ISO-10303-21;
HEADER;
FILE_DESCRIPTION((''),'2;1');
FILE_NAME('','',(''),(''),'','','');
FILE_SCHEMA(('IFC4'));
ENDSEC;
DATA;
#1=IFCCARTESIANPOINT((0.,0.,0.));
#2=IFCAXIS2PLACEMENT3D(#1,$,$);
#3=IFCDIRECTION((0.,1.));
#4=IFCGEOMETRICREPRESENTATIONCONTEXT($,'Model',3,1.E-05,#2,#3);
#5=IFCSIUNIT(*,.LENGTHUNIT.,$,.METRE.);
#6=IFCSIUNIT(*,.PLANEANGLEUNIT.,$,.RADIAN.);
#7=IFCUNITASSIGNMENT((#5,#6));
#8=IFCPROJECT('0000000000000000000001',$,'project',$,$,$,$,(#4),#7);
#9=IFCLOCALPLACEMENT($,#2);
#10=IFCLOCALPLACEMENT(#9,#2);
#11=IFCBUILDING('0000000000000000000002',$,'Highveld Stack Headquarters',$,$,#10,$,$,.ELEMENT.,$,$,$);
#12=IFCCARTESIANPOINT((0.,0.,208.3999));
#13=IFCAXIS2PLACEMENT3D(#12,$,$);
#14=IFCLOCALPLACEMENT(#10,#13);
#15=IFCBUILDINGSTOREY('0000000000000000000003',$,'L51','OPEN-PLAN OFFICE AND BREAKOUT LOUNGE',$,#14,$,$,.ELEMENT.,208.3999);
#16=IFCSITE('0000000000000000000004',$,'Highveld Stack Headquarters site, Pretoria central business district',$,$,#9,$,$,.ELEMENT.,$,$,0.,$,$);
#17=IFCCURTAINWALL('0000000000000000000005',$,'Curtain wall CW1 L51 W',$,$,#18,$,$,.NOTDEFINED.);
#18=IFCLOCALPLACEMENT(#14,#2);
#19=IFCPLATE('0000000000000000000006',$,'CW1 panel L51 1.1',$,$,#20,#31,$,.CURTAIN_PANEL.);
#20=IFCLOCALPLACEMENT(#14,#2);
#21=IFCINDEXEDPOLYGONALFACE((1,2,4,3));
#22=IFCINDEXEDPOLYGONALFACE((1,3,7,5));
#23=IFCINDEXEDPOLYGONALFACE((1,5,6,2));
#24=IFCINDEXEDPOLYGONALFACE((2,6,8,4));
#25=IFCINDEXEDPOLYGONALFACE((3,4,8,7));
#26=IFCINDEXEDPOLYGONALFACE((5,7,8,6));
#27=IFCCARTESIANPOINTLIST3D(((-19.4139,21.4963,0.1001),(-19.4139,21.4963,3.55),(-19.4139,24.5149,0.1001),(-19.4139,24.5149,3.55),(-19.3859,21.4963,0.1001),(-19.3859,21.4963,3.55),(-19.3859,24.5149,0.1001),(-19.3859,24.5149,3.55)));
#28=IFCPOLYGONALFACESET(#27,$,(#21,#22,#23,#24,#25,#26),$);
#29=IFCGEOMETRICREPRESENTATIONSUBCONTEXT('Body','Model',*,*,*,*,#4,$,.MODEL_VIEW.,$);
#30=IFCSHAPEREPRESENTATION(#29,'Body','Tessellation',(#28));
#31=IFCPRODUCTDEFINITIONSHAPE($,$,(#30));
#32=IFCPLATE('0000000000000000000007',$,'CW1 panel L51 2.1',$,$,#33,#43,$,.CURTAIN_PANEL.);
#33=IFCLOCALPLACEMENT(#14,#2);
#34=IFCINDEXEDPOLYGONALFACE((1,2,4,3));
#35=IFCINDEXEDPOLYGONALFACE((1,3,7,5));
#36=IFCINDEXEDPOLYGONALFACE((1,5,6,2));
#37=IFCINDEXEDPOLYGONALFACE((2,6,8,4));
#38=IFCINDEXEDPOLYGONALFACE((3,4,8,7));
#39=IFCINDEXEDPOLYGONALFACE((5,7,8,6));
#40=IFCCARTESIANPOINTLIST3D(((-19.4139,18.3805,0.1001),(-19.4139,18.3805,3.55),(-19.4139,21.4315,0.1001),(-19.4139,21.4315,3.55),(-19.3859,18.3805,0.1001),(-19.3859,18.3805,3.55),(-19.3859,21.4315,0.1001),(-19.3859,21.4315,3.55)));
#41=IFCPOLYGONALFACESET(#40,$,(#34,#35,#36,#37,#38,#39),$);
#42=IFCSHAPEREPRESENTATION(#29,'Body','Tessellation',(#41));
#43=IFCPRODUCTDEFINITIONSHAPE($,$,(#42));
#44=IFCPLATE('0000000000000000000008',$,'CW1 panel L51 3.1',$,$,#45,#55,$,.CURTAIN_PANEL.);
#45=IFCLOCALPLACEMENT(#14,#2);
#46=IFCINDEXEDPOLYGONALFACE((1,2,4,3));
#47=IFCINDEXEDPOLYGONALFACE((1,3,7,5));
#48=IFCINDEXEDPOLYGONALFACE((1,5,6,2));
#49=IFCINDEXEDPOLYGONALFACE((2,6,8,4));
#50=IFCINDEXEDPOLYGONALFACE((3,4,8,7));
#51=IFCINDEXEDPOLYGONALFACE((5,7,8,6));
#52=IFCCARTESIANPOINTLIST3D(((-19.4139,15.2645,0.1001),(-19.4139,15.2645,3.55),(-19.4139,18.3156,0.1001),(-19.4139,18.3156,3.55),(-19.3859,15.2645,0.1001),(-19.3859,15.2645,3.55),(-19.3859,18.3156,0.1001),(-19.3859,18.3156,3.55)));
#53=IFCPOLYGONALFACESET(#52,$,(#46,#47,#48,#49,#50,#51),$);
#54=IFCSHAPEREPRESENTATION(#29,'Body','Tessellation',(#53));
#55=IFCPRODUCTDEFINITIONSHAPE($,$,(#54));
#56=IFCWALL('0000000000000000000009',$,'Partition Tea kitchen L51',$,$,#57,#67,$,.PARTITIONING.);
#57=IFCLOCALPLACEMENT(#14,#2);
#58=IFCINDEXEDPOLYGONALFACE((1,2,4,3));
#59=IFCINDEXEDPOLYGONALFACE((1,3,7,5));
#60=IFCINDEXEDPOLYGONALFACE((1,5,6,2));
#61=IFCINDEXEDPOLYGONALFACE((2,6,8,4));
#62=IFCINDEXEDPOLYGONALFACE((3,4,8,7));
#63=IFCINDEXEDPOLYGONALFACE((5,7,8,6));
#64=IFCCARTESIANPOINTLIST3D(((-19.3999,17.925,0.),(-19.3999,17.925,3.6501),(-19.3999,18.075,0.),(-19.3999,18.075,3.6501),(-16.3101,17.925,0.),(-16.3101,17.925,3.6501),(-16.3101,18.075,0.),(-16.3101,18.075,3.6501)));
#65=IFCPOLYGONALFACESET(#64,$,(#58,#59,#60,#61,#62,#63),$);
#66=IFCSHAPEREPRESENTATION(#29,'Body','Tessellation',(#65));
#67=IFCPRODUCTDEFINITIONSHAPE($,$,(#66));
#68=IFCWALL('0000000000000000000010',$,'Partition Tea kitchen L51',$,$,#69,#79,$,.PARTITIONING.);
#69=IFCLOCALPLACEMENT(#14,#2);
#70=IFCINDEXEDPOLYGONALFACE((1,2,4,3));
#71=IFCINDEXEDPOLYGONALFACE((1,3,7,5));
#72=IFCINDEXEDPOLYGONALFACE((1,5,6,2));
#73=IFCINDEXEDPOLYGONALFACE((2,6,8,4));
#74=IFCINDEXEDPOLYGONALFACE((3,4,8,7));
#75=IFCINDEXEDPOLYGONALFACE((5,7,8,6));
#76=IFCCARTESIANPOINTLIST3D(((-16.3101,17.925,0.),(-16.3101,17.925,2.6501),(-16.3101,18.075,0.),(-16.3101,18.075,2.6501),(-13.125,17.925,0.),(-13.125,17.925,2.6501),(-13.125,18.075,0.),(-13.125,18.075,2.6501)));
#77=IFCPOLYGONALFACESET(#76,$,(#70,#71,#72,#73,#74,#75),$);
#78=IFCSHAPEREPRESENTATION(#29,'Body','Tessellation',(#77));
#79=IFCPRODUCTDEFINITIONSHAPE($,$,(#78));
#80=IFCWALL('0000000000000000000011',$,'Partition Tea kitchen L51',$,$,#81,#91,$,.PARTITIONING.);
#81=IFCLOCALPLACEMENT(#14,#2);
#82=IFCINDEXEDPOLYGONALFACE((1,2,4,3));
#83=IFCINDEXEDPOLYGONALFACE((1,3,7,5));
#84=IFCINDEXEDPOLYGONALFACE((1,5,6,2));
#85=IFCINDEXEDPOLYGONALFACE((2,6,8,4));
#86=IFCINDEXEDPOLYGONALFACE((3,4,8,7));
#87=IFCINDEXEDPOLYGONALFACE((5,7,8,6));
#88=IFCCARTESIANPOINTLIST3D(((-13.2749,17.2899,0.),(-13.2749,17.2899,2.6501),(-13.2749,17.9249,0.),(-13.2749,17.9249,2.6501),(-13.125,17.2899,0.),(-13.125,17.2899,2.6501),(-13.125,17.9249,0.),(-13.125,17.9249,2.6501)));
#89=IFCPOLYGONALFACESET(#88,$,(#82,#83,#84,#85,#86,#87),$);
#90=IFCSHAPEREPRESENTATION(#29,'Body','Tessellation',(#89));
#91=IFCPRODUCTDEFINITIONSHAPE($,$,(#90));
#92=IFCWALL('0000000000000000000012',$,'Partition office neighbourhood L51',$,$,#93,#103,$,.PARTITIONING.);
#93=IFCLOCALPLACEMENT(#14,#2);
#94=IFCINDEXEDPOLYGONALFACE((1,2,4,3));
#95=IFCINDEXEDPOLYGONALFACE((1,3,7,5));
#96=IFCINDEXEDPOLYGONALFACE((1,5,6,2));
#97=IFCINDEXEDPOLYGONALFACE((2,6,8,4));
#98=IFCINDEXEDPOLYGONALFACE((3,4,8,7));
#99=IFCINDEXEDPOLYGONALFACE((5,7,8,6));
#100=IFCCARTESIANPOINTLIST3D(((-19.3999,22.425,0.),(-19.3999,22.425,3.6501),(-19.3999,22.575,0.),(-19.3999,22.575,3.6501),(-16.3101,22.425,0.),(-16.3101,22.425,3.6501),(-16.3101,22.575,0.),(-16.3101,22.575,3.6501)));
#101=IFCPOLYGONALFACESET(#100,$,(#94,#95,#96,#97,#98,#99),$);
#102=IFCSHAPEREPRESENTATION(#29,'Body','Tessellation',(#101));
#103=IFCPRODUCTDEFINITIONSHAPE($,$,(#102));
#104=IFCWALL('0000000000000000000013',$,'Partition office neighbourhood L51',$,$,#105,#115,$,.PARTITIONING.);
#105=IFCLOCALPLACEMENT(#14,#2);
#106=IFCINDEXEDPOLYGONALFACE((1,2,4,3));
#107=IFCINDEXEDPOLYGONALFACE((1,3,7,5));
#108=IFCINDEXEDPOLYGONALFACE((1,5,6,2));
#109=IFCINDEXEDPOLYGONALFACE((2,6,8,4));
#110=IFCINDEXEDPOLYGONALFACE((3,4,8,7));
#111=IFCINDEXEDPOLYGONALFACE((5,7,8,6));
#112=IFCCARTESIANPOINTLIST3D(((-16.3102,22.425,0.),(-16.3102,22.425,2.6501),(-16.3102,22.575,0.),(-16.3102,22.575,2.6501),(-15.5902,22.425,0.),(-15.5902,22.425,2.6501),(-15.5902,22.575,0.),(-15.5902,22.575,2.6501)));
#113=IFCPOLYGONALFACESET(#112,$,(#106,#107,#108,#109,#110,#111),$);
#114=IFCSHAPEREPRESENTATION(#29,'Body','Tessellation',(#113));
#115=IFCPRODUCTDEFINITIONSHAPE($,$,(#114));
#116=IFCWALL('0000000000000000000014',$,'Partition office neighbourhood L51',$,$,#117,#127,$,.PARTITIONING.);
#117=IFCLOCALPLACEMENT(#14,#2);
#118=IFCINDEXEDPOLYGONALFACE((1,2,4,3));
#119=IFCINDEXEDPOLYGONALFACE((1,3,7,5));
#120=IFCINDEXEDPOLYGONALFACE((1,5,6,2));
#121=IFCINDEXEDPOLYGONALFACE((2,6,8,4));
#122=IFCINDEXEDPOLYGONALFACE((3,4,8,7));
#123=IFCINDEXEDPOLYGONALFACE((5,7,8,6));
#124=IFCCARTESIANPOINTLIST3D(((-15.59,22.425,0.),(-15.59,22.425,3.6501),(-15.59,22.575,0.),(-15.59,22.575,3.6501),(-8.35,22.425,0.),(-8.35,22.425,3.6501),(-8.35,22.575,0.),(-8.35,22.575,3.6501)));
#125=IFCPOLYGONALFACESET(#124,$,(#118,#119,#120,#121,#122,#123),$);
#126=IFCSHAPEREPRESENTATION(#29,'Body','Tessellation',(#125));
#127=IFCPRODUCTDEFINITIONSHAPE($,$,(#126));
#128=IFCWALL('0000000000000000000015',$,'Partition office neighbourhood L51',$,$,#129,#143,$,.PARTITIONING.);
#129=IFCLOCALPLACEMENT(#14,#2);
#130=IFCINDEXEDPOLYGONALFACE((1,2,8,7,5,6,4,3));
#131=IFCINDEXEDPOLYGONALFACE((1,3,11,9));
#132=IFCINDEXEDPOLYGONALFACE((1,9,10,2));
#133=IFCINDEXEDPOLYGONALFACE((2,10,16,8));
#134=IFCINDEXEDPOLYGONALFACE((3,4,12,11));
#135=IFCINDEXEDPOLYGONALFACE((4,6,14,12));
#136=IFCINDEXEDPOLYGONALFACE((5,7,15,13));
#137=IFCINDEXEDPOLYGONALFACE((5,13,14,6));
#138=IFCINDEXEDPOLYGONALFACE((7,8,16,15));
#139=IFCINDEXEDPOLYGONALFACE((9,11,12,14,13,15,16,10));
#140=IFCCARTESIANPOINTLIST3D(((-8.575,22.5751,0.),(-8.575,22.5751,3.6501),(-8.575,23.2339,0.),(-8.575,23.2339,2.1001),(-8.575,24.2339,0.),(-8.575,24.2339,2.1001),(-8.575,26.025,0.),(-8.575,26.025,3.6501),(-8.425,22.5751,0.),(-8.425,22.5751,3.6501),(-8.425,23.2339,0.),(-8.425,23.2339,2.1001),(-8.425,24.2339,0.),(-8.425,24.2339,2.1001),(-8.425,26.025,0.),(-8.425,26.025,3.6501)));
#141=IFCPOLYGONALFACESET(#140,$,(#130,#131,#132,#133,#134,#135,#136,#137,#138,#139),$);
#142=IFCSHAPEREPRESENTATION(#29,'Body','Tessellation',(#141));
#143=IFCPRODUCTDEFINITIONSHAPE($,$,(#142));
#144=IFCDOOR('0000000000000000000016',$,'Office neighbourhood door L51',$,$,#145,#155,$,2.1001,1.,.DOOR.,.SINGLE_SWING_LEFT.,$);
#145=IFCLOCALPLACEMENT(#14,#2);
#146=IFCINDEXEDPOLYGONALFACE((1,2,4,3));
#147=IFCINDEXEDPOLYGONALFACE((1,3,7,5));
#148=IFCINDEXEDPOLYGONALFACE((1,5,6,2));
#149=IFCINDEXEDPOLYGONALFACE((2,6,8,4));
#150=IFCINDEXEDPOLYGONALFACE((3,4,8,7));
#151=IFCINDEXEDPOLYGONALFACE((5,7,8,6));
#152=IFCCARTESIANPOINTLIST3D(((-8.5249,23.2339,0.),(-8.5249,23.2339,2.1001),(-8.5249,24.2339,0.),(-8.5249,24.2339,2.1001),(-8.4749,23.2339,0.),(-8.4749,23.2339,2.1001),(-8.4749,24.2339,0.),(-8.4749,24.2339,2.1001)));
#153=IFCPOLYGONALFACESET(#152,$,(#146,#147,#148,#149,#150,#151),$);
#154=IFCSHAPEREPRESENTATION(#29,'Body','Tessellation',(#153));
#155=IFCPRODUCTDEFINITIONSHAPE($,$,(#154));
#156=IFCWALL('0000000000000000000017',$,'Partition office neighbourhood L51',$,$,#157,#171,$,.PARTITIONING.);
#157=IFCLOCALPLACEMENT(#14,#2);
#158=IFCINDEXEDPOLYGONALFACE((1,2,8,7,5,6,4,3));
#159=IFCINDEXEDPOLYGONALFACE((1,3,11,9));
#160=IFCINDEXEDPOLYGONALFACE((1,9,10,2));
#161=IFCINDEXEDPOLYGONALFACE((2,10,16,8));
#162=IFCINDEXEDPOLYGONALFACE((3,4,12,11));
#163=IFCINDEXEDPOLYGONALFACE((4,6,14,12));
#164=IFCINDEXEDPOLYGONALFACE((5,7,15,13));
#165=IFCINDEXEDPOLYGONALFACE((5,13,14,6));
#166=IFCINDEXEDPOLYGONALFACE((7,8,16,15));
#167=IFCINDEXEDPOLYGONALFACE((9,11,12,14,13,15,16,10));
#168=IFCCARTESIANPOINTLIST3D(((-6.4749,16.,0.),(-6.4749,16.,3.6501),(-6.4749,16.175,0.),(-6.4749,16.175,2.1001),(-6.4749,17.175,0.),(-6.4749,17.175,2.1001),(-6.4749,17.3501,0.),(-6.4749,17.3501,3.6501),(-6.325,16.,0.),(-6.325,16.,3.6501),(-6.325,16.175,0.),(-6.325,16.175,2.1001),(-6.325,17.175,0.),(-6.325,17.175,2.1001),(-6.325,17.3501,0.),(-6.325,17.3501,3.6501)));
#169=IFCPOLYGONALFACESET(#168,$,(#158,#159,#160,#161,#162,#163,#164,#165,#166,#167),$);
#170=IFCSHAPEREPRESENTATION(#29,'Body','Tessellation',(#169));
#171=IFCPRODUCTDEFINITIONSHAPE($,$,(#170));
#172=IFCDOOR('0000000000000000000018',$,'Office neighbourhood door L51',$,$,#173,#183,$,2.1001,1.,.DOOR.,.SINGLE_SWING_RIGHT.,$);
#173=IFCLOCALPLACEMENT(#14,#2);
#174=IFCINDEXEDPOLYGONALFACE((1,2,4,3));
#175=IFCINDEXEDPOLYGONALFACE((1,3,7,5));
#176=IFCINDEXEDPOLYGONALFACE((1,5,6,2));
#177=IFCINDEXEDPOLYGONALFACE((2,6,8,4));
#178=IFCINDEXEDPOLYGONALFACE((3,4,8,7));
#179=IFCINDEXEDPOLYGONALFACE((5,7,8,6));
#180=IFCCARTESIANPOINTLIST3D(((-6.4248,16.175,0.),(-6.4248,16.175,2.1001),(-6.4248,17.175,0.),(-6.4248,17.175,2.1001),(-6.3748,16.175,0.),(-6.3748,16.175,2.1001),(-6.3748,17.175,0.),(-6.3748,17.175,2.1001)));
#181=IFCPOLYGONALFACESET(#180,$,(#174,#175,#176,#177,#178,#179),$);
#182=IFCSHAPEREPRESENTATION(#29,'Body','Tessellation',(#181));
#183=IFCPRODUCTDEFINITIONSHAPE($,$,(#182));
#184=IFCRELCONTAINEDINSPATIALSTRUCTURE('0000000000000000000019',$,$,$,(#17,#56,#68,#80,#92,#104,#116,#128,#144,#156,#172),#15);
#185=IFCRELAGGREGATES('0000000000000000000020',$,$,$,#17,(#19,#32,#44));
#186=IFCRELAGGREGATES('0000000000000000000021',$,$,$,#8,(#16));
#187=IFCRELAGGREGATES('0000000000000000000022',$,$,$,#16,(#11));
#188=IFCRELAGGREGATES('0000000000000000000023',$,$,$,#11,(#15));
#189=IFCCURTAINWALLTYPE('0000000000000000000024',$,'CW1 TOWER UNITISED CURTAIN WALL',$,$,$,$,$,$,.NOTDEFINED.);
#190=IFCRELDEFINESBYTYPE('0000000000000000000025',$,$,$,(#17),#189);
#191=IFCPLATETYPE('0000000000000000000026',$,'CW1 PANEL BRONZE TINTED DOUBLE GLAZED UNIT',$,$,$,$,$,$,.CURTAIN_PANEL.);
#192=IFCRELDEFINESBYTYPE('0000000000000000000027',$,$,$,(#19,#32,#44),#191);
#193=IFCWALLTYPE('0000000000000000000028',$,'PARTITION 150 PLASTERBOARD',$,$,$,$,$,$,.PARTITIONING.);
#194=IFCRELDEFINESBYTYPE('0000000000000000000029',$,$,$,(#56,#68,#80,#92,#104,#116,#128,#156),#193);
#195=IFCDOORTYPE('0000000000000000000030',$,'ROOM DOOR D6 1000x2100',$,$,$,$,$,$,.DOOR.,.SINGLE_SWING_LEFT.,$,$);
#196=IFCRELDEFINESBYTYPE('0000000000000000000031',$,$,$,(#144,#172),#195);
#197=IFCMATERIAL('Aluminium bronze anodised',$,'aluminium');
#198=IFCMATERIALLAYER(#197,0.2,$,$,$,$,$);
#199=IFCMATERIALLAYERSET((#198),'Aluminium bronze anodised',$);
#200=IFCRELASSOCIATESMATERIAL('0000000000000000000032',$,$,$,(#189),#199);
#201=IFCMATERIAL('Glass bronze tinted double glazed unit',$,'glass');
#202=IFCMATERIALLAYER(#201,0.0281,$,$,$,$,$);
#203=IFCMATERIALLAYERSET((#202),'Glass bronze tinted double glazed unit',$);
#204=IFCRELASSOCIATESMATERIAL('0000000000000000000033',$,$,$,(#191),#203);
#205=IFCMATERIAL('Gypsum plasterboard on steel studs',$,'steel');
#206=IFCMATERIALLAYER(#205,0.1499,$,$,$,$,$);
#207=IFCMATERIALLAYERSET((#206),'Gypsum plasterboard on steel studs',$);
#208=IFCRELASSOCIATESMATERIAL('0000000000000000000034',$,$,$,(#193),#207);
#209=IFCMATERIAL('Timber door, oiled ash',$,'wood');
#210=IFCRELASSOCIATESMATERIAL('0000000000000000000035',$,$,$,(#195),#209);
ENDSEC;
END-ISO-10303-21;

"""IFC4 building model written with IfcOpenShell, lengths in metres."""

from ifc_helpers import new_model, si_unit, direction, frame, frame_2d, origin, origin_2d, place, context, subcontext, project, spatial, rectangle, extrude, material, layer, layer_set, type_object, element, fill, aggregate, save


model = new_model("IFC4")

# Units and contexts
model_context = context("Model", 3, precision=1e-05, world=origin(), true_north=direction((0.0, 1.0)))
body_context = subcontext(model_context, "Body", "Model", "MODEL_VIEW")
ifc_project = project(units=[si_unit("LENGTHUNIT", "METRE"), si_unit("PLANEANGLEUNIT", "RADIAN")], contexts=[model_context])

# Site, building, storey
site_placement = place(None, origin())
site = spatial("IfcSite", under=ifc_project, at=site_placement, Name="Highveld Stack Headquarters site, Pretoria central business district", CompositionType="ELEMENT", RefElevation=0.0)
building_placement = place(site_placement, origin())
building = spatial("IfcBuilding", under=site, at=building_placement, Name="Highveld Stack Headquarters", CompositionType="ELEMENT")
storey_placement = place(building_placement, frame((0.0, 0.0, 208.3999)))
storey = spatial("IfcBuildingStorey", under=building, at=storey_placement, Name="L51", Description="OPEN-PLAN OFFICE AND BREAKOUT LOUNGE", CompositionType="ELEMENT", Elevation=208.3999)

# Curtain wall
ifc_material_1 = material(Name="Aluminium bronze anodised", Category="aluminium")
ifc_layer_1 = layer(ifc_material_1, 0.2)
ifc_layer_set_1 = layer_set([ifc_layer_1], Name="Aluminium bronze anodised")
curtain_wall_type = type_object("IfcCurtainWallType", Name="CW1 TOWER UNITISED CURTAIN WALL", PredefinedType="NOTDEFINED", material=ifc_layer_set_1)
curtain_wall_placement = place(storey_placement, origin())
curtain_wall = element("IfcCurtainWall", 1, at=curtain_wall_placement, inside=storey, type_object=curtain_wall_type, Name="Curtain wall CW1 L51 W", PredefinedType="NOTDEFINED")

# Plates
ifc_material_2 = material(Name="Glass bronze tinted double glazed unit", Category="glass")
ifc_layer_2 = layer(ifc_material_2, 0.0281)
ifc_layer_set_2 = layer_set([ifc_layer_2], Name="Glass bronze tinted double glazed unit")
plate_type = type_object("IfcPlateType", Name="CW1 PANEL BRONZE TINTED DOUBLE GLAZED UNIT", PredefinedType="CURTAIN_PANEL", material=ifc_layer_set_2)
plate_1_placement = place(storey_placement, frame((-19.3999, 23.0056, 0.1001), z_axis=(0.0, 0.0, 1.0), x_axis=(0.0, -1.0, 0.0)))
plate_1 = element("IfcPlate", 2, at=plate_1_placement, type_object=plate_type, Name="CW1 panel L51 1.1", PredefinedType="CURTAIN_PANEL", context=body_context, shape_type="SweptSolid", body=[
    extrude(rectangle(XDim=3.0186, YDim=0.0281, at=origin_2d()), origin(), (0.0, 0.0, 1.0), 3.45),
])
plate_2_placement = place(storey_placement, frame((-19.3999, 19.906, 0.1001), z_axis=(0.0, 0.0, 1.0), x_axis=(0.0, -1.0, 0.0)))
plate_2 = element("IfcPlate", 3, at=plate_2_placement, type_object=plate_type, Name="CW1 panel L51 2.1", PredefinedType="CURTAIN_PANEL", context=body_context, shape_type="SweptSolid", body=[
    extrude(rectangle(XDim=3.051, YDim=0.0281, at=origin_2d()), origin(), (0.0, 0.0, 1.0), 3.45),
])
plate_3_placement = place(storey_placement, frame((-19.3999, 16.79, 0.1001), z_axis=(0.0, 0.0, 1.0), x_axis=(0.0, -1.0, 0.0)))
plate_3 = element("IfcPlate", 4, at=plate_3_placement, type_object=plate_type, Name="CW1 panel L51 3.1", PredefinedType="CURTAIN_PANEL", context=body_context, shape_type="SweptSolid", body=[
    extrude(rectangle(XDim=3.051, YDim=0.0281, at=origin_2d()), origin(), (0.0, 0.0, 1.0), 3.45),
])
aggregate(curtain_wall, [plate_1, plate_2, plate_3])

# Walls
ifc_material_3 = material(Name="Gypsum plasterboard on steel studs", Category="steel")
ifc_layer_3 = layer(ifc_material_3, 0.1499)
ifc_layer_set_3 = layer_set([ifc_layer_3], Name="Gypsum plasterboard on steel studs")
wall_type = type_object("IfcWallType", Name="PARTITION 150 PLASTERBOARD", PredefinedType="PARTITIONING", material=ifc_layer_set_3)
wall_1_placement = place(storey_placement, frame((-19.3999, 18.0, 0.0), z_axis=(0.0, 0.0, 1.0), x_axis=(1.0, 0.0, 0.0)))
element("IfcWall", 5, at=wall_1_placement, inside=storey, type_object=wall_type, Name="Partition Tea kitchen L51", PredefinedType="PARTITIONING", context=body_context, shape_type="SweptSolid", body=[
    extrude(rectangle(XDim=3.0898, YDim=0.1499, at=frame_2d((1.5449, 0.0))), origin(), (0.0, 0.0, 1.0), 3.6501),
])
wall_2_placement = place(storey_placement, frame((-16.3101, 18.0, 0.0), z_axis=(0.0, 0.0, 1.0), x_axis=(1.0, 0.0, 0.0)))
element("IfcWall", 6, at=wall_2_placement, inside=storey, type_object=wall_type, Name="Partition Tea kitchen L51", PredefinedType="PARTITIONING", context=body_context, shape_type="SweptSolid", body=[
    extrude(rectangle(XDim=3.1851, YDim=0.1499, at=frame_2d((1.5925, 0.0))), origin(), (0.0, 0.0, 1.0), 2.6501),
])
wall_3_placement = place(storey_placement, frame((-13.2, 17.29, 0.0), z_axis=(0.0, 0.0, 1.0), x_axis=(0.0, 1.0, 0.0)))
element("IfcWall", 7, at=wall_3_placement, inside=storey, type_object=wall_type, Name="Partition Tea kitchen L51", PredefinedType="PARTITIONING", context=body_context, shape_type="SweptSolid", body=[
    extrude(rectangle(XDim=0.635, YDim=0.1499, at=frame_2d((0.3174, 0.0))), origin(), (0.0, 0.0, 1.0), 2.6501),
])
wall_4_placement = place(storey_placement, frame((-19.3999, 22.5, 0.0), z_axis=(0.0, 0.0, 1.0), x_axis=(1.0, 0.0, 0.0)))
element("IfcWall", 8, at=wall_4_placement, inside=storey, type_object=wall_type, Name="Partition office neighbourhood L51", PredefinedType="PARTITIONING", context=body_context, shape_type="SweptSolid", body=[
    extrude(rectangle(XDim=3.0898, YDim=0.1499, at=frame_2d((1.5449, 0.0))), origin(), (0.0, 0.0, 1.0), 3.6501),
])
wall_5_placement = place(storey_placement, frame((-16.3101, 22.5, 0.0), z_axis=(0.0, 0.0, 1.0), x_axis=(1.0, 0.0, 0.0)))
element("IfcWall", 9, at=wall_5_placement, inside=storey, type_object=wall_type, Name="Partition office neighbourhood L51", PredefinedType="PARTITIONING", context=body_context, shape_type="SweptSolid", body=[
    extrude(rectangle(XDim=0.72, YDim=0.1499, at=frame_2d((0.3599, 0.0))), origin(), (0.0, 0.0, 1.0), 2.6501),
])
wall_6_placement = place(storey_placement, frame((-15.5901, 22.5, 0.0), z_axis=(0.0, 0.0, 1.0), x_axis=(1.0, 0.0, 0.0)))
element("IfcWall", 10, at=wall_6_placement, inside=storey, type_object=wall_type, Name="Partition office neighbourhood L51", PredefinedType="PARTITIONING", context=body_context, shape_type="SweptSolid", body=[
    extrude(rectangle(XDim=7.24, YDim=0.1499, at=frame_2d((3.6201, 0.0))), origin(), (0.0, 0.0, 1.0), 3.6501),
])

# Walls, openings, doors
wall_7_placement = place(storey_placement, frame((-8.5, 22.575, 0.0), z_axis=(0.0, 0.0, 1.0), x_axis=(0.0, 1.0, 0.0)))
wall_7 = element("IfcWall", 11, at=wall_7_placement, inside=storey, type_object=wall_type, Name="Partition office neighbourhood L51", PredefinedType="PARTITIONING", context=body_context, shape_type="SweptSolid", body=[
    extrude(rectangle(XDim=3.45, YDim=0.1499, at=frame_2d((1.7251, 0.0))), origin(), (0.0, 0.0, 1.0), 3.6501),
])
opening_1_placement = place(wall_7_placement, frame((0.6589, 0.0, 0.0)))
opening_1 = element("IfcOpeningElement", 12, at=opening_1_placement, cuts=wall_7, PredefinedType="OPENING", context=body_context, shape_type="SweptSolid", body=[
    extrude(rectangle(XDim=1.0, YDim=2.1001, at=frame_2d((0.5, 1.05))), frame((0.0, 0.085, 0.0), z_axis=(0.0, -1.0, 0.0), x_axis=(1.0, 0.0, 0.0)), (0.0, 0.0, 1.0), 0.1699),
])
ifc_material_4 = material(Name="Timber door, oiled ash", Category="wood")
door_type = type_object("IfcDoorType", Name="ROOM DOOR D6 1000x2100", OperationType="SINGLE_SWING_LEFT", PredefinedType="DOOR", material=ifc_material_4)
door_1_placement = place(opening_1_placement, origin())
door_1 = element("IfcDoor", 13, at=door_1_placement, inside=storey, type_object=door_type, Name="Office neighbourhood door L51", OperationType="SINGLE_SWING_LEFT", OverallHeight=2.1001, OverallWidth=1.0, PredefinedType="DOOR", context=body_context, shape_type="SweptSolid", body=[
    extrude(rectangle(XDim=1.0, YDim=2.1001, at=frame_2d((0.5, 1.05))), frame((0.0, 0.0249, 0.0), z_axis=(0.0, -1.0, 0.0), x_axis=(1.0, 0.0, 0.0)), (0.0, 0.0, 1.0), 0.05),
])
fill(opening_1, door_1)
wall_8_placement = place(storey_placement, frame((-6.3999, 16.0, 0.0), z_axis=(0.0, 0.0, 1.0), x_axis=(0.0, 1.0, 0.0)))
wall_8 = element("IfcWall", 14, at=wall_8_placement, inside=storey, type_object=wall_type, Name="Partition office neighbourhood L51", PredefinedType="PARTITIONING", context=body_context, shape_type="SweptSolid", body=[
    extrude(rectangle(XDim=1.3501, YDim=0.1499, at=frame_2d((0.675, 0.0))), origin(), (0.0, 0.0, 1.0), 3.6501),
])
opening_2_placement = place(wall_8_placement, frame((0.175, 0.0, 0.0)))
opening_2 = element("IfcOpeningElement", 15, at=opening_2_placement, cuts=wall_8, PredefinedType="OPENING", context=body_context, shape_type="SweptSolid", body=[
    extrude(rectangle(XDim=1.0, YDim=2.1001, at=frame_2d((0.5, 1.05))), frame((0.0, 0.085, 0.0), z_axis=(0.0, -1.0, 0.0), x_axis=(1.0, 0.0, 0.0)), (0.0, 0.0, 1.0), 0.1699),
])
door_2_placement = place(opening_2_placement, origin())
door_2 = element("IfcDoor", 16, at=door_2_placement, inside=storey, type_object=door_type, Name="Office neighbourhood door L51", OperationType="SINGLE_SWING_RIGHT", OverallHeight=2.1001, OverallWidth=1.0, PredefinedType="DOOR", context=body_context, shape_type="SweptSolid", body=[
    extrude(rectangle(XDim=1.0, YDim=2.1001, at=frame_2d((0.5, 1.05))), frame((0.0, 0.0249, 0.0), z_axis=(0.0, -1.0, 0.0), x_axis=(1.0, 0.0, 0.0)), (0.0, 0.0, 1.0), 0.05),
])
fill(opening_2, door_2)

save(model, "model.ifc")
